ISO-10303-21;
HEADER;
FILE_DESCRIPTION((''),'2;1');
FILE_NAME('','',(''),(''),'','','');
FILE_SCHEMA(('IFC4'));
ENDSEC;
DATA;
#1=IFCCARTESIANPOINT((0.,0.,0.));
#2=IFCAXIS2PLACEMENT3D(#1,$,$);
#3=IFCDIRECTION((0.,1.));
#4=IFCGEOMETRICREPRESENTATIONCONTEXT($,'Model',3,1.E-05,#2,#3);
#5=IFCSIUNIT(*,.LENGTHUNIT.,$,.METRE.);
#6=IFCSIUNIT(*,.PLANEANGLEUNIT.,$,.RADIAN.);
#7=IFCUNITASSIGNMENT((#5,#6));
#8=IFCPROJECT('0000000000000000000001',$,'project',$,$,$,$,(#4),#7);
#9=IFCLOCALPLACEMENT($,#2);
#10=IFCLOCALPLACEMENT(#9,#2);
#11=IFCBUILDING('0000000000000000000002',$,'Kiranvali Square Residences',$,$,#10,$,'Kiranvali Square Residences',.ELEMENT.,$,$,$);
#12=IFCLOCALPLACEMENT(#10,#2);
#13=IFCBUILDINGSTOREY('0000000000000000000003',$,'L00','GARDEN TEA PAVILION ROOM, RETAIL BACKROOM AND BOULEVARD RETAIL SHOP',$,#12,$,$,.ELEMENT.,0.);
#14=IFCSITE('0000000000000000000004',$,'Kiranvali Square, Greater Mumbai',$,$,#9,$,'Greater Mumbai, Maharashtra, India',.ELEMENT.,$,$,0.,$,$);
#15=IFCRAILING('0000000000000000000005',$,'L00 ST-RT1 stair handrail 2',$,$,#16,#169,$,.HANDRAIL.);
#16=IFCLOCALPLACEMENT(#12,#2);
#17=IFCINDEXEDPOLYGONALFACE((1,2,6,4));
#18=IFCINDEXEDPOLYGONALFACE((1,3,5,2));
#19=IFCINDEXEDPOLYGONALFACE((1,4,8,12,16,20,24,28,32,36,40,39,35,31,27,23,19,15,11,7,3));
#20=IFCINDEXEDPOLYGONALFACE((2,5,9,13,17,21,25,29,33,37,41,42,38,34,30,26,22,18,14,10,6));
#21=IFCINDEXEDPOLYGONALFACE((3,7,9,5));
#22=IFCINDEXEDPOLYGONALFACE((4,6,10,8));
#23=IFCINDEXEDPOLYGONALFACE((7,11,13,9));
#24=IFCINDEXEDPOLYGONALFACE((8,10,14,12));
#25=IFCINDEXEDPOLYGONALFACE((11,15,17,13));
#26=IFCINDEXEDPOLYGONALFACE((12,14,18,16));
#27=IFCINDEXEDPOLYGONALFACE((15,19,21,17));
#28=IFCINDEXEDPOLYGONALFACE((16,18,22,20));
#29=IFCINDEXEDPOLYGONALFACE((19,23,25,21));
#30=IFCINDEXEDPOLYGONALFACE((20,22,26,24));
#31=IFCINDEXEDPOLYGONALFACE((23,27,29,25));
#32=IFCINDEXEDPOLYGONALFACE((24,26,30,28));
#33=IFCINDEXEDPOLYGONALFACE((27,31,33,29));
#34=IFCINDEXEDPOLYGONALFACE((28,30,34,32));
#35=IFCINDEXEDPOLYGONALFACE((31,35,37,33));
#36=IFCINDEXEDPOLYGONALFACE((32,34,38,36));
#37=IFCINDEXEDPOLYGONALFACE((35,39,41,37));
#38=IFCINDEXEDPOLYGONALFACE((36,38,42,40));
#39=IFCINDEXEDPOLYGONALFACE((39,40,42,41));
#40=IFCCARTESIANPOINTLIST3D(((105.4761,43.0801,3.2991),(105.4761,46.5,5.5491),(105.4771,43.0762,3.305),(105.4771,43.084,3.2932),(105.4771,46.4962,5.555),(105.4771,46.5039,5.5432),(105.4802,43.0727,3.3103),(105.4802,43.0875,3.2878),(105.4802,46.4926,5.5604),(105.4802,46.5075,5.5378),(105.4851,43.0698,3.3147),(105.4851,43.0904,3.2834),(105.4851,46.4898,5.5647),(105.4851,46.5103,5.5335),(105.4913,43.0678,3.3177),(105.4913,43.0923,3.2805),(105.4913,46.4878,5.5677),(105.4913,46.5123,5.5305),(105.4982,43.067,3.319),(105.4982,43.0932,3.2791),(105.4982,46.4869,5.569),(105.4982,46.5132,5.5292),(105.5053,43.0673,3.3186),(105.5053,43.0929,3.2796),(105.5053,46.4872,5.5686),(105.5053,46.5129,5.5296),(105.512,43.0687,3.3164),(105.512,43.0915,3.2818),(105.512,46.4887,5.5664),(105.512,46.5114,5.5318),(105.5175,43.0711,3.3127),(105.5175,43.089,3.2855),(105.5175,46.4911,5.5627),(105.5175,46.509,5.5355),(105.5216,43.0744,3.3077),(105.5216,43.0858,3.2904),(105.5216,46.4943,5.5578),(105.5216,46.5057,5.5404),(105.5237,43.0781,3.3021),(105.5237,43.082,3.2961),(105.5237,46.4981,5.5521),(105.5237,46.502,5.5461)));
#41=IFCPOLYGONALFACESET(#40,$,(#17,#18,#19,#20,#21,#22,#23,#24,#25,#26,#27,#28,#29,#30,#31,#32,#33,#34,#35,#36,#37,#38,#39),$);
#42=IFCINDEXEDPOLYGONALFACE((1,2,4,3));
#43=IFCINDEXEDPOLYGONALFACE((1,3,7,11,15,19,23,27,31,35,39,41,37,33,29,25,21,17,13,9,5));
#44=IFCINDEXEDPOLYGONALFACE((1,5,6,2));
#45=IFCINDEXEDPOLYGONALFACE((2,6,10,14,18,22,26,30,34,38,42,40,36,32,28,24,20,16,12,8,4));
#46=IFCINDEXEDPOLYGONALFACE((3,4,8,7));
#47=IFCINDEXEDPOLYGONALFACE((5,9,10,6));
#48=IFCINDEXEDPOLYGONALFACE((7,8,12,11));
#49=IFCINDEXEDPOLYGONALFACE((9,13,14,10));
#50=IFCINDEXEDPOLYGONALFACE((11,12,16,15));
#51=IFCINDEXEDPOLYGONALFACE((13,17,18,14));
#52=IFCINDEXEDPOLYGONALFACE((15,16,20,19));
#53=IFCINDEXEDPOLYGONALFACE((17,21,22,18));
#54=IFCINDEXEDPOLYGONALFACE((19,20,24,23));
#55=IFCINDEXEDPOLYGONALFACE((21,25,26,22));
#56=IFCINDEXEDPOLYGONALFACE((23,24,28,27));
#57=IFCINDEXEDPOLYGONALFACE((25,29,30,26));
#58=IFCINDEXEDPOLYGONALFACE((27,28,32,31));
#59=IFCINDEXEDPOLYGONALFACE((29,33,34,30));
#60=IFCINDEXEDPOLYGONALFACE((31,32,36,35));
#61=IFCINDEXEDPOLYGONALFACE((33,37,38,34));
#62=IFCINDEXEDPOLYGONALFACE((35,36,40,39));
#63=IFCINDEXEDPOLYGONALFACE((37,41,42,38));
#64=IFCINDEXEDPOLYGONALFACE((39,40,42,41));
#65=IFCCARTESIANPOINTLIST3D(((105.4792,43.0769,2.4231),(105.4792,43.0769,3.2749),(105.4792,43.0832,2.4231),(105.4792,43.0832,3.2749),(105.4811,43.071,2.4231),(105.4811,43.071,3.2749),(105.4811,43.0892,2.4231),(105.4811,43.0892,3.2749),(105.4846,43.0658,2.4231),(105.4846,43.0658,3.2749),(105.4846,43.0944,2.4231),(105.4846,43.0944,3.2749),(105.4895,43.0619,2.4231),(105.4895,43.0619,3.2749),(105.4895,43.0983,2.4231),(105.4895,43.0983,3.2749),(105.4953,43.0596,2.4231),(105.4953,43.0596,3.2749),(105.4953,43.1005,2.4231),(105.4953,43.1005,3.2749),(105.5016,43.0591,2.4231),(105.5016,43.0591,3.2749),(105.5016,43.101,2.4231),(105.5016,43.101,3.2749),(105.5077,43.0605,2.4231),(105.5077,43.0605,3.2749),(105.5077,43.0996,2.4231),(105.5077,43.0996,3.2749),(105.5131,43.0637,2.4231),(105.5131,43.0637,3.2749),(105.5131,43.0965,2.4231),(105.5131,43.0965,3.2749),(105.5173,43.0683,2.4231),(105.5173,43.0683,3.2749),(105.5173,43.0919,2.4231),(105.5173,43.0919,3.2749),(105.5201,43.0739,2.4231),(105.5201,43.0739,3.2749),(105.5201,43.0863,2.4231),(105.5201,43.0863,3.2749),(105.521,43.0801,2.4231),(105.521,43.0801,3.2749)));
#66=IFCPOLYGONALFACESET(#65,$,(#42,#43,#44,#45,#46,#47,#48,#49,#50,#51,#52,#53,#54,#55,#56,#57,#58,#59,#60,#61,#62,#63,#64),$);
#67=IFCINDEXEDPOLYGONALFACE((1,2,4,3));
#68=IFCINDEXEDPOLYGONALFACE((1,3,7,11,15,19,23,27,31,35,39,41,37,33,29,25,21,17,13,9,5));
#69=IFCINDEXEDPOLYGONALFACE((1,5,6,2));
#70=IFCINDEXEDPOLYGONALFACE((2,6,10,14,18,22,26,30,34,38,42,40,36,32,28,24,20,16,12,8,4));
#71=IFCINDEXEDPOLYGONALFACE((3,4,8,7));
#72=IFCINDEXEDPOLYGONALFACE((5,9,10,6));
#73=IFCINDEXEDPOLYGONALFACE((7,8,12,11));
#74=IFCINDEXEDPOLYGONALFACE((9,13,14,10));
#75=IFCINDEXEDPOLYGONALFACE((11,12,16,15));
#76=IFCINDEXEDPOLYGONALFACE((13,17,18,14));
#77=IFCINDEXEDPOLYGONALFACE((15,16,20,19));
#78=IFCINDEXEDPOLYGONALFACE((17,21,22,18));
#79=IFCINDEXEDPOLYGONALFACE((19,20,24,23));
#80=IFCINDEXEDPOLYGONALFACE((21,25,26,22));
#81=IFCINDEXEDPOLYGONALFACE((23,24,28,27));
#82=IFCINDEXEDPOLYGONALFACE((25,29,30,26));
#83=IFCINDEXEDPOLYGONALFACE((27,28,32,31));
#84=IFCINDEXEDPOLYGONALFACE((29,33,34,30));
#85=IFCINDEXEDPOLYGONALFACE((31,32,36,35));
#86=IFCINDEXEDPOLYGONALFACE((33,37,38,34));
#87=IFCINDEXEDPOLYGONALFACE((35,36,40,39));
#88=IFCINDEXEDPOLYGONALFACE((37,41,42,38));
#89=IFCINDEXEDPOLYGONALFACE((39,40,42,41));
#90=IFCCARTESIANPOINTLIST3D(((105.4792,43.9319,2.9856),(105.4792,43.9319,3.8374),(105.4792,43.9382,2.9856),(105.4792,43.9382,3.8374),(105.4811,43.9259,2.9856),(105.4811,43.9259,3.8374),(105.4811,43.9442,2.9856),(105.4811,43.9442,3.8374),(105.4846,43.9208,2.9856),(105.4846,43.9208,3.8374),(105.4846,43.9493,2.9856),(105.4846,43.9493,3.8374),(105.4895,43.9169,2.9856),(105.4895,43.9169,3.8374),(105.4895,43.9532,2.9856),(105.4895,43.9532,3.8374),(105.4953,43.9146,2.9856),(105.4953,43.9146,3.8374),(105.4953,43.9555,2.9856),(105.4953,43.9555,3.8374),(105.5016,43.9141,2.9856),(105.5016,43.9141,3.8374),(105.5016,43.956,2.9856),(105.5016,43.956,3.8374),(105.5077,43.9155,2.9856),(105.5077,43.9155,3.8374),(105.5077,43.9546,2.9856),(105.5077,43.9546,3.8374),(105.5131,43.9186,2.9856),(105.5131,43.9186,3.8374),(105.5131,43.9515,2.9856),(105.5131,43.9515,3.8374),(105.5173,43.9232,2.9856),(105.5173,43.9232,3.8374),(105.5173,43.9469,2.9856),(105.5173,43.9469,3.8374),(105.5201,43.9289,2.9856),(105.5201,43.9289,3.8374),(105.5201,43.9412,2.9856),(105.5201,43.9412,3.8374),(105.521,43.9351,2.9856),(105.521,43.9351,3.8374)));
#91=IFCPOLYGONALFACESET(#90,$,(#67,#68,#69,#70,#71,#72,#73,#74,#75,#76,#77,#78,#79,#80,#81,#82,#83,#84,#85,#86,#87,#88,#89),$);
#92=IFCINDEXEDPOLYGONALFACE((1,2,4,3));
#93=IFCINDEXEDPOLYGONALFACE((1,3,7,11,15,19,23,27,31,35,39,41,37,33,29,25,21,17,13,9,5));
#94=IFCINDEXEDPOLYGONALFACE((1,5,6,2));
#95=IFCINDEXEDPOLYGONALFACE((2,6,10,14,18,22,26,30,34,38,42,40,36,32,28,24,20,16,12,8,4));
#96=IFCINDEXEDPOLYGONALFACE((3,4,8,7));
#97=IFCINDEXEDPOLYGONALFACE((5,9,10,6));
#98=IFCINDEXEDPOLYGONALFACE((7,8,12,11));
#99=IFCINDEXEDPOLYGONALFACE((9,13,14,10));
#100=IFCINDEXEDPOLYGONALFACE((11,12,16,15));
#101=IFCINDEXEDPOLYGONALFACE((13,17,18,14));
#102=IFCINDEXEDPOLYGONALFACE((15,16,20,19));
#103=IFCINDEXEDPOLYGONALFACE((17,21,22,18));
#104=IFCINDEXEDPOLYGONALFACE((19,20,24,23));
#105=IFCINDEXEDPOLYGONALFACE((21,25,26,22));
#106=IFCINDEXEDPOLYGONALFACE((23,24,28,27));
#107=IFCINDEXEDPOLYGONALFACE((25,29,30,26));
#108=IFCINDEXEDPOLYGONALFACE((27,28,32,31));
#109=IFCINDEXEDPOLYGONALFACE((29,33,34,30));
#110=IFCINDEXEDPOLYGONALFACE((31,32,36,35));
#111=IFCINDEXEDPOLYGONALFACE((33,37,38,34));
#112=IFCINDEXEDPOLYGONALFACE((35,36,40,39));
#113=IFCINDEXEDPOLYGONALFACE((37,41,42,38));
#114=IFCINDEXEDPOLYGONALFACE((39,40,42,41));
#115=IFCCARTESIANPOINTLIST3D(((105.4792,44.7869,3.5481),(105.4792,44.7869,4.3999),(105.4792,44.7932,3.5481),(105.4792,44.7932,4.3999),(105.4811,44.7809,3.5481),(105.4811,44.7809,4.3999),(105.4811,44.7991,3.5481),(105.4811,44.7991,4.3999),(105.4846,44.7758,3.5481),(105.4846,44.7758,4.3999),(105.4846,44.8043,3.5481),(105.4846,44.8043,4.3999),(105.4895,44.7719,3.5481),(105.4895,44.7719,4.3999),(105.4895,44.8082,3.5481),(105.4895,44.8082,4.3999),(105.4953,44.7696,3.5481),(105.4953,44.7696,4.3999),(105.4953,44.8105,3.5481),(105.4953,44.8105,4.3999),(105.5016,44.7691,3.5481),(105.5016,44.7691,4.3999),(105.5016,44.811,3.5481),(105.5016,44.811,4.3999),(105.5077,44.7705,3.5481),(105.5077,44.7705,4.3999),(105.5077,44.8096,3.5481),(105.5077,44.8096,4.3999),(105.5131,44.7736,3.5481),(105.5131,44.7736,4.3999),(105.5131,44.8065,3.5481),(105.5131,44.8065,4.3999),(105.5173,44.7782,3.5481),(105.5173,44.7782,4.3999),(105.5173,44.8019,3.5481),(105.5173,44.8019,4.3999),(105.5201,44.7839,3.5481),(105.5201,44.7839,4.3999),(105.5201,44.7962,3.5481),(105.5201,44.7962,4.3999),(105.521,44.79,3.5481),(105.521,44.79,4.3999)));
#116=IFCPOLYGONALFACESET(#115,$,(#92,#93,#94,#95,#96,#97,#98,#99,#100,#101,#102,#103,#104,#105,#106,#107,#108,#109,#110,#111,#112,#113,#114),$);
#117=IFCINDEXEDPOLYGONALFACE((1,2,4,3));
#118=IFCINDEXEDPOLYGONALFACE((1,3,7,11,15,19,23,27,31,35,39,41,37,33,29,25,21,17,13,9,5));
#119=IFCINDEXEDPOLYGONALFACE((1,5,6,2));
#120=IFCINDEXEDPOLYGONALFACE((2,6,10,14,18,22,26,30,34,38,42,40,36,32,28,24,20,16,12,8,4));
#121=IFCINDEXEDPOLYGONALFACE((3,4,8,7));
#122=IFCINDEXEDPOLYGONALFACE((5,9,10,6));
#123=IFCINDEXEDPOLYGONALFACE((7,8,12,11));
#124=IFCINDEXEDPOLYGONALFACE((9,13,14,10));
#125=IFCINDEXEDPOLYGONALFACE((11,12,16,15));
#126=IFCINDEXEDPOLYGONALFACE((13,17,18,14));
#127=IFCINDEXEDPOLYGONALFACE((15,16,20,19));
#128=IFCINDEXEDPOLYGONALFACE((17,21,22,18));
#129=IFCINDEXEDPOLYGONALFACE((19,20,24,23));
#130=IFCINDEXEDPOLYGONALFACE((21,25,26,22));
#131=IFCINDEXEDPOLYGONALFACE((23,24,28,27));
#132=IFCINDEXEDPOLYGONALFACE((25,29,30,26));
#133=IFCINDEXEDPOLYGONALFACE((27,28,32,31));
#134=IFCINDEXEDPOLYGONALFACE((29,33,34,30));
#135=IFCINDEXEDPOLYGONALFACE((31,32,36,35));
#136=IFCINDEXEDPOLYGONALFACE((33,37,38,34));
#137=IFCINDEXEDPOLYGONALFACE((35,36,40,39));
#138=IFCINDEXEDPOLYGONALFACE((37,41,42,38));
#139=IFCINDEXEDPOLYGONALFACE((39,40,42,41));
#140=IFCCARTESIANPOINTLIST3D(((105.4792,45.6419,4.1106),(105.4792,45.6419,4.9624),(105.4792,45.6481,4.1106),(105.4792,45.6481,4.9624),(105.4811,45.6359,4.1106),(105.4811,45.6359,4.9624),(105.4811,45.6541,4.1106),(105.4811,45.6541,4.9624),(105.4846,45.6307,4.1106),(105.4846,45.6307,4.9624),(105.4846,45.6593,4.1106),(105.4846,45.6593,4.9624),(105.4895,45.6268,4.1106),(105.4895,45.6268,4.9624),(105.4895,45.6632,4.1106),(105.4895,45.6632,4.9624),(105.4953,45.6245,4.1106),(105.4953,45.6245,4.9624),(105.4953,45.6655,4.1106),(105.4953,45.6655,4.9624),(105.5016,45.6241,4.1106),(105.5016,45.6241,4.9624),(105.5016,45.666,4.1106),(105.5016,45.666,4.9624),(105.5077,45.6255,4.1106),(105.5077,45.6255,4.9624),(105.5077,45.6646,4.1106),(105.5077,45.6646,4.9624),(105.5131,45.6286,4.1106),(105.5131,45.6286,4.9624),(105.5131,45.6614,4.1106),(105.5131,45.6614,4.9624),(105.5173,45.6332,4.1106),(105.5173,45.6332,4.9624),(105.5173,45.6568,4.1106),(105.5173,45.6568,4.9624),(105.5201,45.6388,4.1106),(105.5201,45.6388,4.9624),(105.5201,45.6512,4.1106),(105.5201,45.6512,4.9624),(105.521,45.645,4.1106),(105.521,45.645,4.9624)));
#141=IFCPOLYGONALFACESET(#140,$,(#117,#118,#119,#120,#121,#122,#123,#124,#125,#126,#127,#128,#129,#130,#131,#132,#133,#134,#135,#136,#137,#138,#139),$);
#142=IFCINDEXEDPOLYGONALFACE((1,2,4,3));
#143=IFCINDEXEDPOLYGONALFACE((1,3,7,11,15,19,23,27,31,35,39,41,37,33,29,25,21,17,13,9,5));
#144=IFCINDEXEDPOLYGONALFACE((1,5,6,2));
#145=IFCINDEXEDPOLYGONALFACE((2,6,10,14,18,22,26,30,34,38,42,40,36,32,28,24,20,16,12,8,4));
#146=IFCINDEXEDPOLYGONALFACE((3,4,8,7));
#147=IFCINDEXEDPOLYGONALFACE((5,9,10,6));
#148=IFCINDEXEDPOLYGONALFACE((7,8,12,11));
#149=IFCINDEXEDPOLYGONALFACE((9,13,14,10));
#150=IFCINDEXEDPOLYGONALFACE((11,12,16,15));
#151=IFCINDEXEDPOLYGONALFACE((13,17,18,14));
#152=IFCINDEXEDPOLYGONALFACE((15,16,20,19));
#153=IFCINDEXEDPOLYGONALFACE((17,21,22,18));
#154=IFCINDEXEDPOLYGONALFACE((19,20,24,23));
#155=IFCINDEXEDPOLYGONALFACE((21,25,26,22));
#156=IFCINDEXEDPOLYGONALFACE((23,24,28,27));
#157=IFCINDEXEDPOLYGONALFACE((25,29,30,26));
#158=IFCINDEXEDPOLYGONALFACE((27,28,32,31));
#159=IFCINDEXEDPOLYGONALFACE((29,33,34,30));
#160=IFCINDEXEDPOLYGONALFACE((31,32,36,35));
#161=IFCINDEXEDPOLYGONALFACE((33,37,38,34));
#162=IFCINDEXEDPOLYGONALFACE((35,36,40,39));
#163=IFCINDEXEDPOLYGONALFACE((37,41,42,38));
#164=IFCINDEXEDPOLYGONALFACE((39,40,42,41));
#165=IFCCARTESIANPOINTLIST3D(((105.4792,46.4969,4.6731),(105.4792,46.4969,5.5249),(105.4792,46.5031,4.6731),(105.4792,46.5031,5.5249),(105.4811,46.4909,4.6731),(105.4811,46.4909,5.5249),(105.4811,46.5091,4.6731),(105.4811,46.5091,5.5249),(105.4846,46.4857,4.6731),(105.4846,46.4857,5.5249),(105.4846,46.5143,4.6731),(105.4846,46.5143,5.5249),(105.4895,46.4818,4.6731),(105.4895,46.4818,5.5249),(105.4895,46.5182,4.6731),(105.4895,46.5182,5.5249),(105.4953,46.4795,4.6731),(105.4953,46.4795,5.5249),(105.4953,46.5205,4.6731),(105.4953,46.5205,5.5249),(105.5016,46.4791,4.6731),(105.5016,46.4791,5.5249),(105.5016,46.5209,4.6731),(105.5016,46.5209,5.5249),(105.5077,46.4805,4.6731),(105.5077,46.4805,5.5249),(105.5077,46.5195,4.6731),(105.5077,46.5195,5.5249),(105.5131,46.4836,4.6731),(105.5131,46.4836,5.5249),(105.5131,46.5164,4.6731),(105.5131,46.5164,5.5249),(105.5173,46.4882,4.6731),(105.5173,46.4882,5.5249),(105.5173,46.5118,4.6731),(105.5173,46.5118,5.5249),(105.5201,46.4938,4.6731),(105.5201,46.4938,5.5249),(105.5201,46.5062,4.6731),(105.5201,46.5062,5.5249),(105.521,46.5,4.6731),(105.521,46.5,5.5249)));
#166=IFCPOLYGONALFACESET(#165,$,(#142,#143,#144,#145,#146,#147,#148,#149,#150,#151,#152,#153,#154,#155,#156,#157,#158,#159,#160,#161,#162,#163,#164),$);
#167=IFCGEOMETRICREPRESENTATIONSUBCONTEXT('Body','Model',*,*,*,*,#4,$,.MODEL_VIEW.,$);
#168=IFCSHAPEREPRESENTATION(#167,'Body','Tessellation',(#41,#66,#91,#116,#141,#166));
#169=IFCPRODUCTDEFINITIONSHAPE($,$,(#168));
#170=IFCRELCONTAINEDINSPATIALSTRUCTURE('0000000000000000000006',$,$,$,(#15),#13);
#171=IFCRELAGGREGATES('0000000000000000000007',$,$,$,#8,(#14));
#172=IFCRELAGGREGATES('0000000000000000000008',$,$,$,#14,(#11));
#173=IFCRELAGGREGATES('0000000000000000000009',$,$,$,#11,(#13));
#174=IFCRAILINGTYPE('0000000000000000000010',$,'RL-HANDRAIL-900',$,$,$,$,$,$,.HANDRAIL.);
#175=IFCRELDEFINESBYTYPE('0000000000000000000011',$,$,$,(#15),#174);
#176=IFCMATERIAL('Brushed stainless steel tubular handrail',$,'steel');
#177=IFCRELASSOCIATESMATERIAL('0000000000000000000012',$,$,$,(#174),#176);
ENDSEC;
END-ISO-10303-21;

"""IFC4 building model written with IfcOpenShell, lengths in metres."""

from ifc_helpers import new_model, si_unit, direction, frame, origin, origin_2d, place, context, subcontext, project, spatial, circle, extrude, material, type_object, element, save


model = new_model("IFC4")

# Units and contexts
model_context = context("Model", 3, precision=1e-05, world=origin(), true_north=direction((0.0, 1.0)))
body_context = subcontext(model_context, "Body", "Model", "MODEL_VIEW")
ifc_project = project(units=[si_unit("LENGTHUNIT", "METRE"), si_unit("PLANEANGLEUNIT", "RADIAN")], contexts=[model_context])

# Site, building, storey
site_placement = place(None, origin())
site = spatial("IfcSite", under=ifc_project, at=site_placement, Name="Kiranvali Square, Greater Mumbai", LongName="Greater Mumbai, Maharashtra, India", CompositionType="ELEMENT", RefElevation=0.0)
building_placement = place(site_placement, origin())
building = spatial("IfcBuilding", under=site, at=building_placement, Name="Kiranvali Square Residences", LongName="Kiranvali Square Residences", CompositionType="ELEMENT")
storey_placement = place(building_placement, origin())
storey = spatial("IfcBuildingStorey", under=building, at=storey_placement, Name="L00", Description="GARDEN TEA PAVILION ROOM, RETAIL BACKROOM AND BOULEVARD RETAIL SHOP", CompositionType="ELEMENT", Elevation=0.0)

# Railing
ifc_material_1 = material(Name="Brushed stainless steel tubular handrail", Category="steel")
railing_type_1 = type_object("IfcRailingType", Name="RL-HANDRAIL-900", PredefinedType="HANDRAIL", material=ifc_material_1)
railing_1_placement = place(storey_placement, frame((105.5, 43.0801, 2.4231)))
element("IfcRailing", 1, at=railing_1_placement, inside=storey, type_object=railing_type_1, Name="L00 ST-RT1 stair handrail 2", PredefinedType="HANDRAIL", context=body_context, shape_type="SweptSolid", body=[
    extrude(circle(Radius=0.0239, at=origin_2d()), frame((0.0, 0.0, 0.876), z_axis=(0.0, 0.835411, 0.549625), x_axis=(-1.0, 0.0, 0.0)), (0.0, 0.0, 1.0), 4.0938),
    extrude(circle(Radius=0.021, at=origin_2d()), origin(), (0.0, 0.0, 1.0), 0.8518),
    extrude(circle(Radius=0.021, at=origin_2d()), frame((0.0, 0.855, 0.5625)), (0.0, 0.0, 1.0), 0.8518),
    extrude(circle(Radius=0.021, at=origin_2d()), frame((0.0, 1.71, 1.125)), (0.0, 0.0, 1.0), 0.8518),
    extrude(circle(Radius=0.021, at=origin_2d()), frame((0.0, 2.5649, 1.6875)), (0.0, 0.0, 1.0), 0.8518),
    extrude(circle(Radius=0.021, at=origin_2d()), frame((0.0, 3.4199, 2.25)), (0.0, 0.0, 1.0), 0.8518),
])

save(model, "model.ifc")
